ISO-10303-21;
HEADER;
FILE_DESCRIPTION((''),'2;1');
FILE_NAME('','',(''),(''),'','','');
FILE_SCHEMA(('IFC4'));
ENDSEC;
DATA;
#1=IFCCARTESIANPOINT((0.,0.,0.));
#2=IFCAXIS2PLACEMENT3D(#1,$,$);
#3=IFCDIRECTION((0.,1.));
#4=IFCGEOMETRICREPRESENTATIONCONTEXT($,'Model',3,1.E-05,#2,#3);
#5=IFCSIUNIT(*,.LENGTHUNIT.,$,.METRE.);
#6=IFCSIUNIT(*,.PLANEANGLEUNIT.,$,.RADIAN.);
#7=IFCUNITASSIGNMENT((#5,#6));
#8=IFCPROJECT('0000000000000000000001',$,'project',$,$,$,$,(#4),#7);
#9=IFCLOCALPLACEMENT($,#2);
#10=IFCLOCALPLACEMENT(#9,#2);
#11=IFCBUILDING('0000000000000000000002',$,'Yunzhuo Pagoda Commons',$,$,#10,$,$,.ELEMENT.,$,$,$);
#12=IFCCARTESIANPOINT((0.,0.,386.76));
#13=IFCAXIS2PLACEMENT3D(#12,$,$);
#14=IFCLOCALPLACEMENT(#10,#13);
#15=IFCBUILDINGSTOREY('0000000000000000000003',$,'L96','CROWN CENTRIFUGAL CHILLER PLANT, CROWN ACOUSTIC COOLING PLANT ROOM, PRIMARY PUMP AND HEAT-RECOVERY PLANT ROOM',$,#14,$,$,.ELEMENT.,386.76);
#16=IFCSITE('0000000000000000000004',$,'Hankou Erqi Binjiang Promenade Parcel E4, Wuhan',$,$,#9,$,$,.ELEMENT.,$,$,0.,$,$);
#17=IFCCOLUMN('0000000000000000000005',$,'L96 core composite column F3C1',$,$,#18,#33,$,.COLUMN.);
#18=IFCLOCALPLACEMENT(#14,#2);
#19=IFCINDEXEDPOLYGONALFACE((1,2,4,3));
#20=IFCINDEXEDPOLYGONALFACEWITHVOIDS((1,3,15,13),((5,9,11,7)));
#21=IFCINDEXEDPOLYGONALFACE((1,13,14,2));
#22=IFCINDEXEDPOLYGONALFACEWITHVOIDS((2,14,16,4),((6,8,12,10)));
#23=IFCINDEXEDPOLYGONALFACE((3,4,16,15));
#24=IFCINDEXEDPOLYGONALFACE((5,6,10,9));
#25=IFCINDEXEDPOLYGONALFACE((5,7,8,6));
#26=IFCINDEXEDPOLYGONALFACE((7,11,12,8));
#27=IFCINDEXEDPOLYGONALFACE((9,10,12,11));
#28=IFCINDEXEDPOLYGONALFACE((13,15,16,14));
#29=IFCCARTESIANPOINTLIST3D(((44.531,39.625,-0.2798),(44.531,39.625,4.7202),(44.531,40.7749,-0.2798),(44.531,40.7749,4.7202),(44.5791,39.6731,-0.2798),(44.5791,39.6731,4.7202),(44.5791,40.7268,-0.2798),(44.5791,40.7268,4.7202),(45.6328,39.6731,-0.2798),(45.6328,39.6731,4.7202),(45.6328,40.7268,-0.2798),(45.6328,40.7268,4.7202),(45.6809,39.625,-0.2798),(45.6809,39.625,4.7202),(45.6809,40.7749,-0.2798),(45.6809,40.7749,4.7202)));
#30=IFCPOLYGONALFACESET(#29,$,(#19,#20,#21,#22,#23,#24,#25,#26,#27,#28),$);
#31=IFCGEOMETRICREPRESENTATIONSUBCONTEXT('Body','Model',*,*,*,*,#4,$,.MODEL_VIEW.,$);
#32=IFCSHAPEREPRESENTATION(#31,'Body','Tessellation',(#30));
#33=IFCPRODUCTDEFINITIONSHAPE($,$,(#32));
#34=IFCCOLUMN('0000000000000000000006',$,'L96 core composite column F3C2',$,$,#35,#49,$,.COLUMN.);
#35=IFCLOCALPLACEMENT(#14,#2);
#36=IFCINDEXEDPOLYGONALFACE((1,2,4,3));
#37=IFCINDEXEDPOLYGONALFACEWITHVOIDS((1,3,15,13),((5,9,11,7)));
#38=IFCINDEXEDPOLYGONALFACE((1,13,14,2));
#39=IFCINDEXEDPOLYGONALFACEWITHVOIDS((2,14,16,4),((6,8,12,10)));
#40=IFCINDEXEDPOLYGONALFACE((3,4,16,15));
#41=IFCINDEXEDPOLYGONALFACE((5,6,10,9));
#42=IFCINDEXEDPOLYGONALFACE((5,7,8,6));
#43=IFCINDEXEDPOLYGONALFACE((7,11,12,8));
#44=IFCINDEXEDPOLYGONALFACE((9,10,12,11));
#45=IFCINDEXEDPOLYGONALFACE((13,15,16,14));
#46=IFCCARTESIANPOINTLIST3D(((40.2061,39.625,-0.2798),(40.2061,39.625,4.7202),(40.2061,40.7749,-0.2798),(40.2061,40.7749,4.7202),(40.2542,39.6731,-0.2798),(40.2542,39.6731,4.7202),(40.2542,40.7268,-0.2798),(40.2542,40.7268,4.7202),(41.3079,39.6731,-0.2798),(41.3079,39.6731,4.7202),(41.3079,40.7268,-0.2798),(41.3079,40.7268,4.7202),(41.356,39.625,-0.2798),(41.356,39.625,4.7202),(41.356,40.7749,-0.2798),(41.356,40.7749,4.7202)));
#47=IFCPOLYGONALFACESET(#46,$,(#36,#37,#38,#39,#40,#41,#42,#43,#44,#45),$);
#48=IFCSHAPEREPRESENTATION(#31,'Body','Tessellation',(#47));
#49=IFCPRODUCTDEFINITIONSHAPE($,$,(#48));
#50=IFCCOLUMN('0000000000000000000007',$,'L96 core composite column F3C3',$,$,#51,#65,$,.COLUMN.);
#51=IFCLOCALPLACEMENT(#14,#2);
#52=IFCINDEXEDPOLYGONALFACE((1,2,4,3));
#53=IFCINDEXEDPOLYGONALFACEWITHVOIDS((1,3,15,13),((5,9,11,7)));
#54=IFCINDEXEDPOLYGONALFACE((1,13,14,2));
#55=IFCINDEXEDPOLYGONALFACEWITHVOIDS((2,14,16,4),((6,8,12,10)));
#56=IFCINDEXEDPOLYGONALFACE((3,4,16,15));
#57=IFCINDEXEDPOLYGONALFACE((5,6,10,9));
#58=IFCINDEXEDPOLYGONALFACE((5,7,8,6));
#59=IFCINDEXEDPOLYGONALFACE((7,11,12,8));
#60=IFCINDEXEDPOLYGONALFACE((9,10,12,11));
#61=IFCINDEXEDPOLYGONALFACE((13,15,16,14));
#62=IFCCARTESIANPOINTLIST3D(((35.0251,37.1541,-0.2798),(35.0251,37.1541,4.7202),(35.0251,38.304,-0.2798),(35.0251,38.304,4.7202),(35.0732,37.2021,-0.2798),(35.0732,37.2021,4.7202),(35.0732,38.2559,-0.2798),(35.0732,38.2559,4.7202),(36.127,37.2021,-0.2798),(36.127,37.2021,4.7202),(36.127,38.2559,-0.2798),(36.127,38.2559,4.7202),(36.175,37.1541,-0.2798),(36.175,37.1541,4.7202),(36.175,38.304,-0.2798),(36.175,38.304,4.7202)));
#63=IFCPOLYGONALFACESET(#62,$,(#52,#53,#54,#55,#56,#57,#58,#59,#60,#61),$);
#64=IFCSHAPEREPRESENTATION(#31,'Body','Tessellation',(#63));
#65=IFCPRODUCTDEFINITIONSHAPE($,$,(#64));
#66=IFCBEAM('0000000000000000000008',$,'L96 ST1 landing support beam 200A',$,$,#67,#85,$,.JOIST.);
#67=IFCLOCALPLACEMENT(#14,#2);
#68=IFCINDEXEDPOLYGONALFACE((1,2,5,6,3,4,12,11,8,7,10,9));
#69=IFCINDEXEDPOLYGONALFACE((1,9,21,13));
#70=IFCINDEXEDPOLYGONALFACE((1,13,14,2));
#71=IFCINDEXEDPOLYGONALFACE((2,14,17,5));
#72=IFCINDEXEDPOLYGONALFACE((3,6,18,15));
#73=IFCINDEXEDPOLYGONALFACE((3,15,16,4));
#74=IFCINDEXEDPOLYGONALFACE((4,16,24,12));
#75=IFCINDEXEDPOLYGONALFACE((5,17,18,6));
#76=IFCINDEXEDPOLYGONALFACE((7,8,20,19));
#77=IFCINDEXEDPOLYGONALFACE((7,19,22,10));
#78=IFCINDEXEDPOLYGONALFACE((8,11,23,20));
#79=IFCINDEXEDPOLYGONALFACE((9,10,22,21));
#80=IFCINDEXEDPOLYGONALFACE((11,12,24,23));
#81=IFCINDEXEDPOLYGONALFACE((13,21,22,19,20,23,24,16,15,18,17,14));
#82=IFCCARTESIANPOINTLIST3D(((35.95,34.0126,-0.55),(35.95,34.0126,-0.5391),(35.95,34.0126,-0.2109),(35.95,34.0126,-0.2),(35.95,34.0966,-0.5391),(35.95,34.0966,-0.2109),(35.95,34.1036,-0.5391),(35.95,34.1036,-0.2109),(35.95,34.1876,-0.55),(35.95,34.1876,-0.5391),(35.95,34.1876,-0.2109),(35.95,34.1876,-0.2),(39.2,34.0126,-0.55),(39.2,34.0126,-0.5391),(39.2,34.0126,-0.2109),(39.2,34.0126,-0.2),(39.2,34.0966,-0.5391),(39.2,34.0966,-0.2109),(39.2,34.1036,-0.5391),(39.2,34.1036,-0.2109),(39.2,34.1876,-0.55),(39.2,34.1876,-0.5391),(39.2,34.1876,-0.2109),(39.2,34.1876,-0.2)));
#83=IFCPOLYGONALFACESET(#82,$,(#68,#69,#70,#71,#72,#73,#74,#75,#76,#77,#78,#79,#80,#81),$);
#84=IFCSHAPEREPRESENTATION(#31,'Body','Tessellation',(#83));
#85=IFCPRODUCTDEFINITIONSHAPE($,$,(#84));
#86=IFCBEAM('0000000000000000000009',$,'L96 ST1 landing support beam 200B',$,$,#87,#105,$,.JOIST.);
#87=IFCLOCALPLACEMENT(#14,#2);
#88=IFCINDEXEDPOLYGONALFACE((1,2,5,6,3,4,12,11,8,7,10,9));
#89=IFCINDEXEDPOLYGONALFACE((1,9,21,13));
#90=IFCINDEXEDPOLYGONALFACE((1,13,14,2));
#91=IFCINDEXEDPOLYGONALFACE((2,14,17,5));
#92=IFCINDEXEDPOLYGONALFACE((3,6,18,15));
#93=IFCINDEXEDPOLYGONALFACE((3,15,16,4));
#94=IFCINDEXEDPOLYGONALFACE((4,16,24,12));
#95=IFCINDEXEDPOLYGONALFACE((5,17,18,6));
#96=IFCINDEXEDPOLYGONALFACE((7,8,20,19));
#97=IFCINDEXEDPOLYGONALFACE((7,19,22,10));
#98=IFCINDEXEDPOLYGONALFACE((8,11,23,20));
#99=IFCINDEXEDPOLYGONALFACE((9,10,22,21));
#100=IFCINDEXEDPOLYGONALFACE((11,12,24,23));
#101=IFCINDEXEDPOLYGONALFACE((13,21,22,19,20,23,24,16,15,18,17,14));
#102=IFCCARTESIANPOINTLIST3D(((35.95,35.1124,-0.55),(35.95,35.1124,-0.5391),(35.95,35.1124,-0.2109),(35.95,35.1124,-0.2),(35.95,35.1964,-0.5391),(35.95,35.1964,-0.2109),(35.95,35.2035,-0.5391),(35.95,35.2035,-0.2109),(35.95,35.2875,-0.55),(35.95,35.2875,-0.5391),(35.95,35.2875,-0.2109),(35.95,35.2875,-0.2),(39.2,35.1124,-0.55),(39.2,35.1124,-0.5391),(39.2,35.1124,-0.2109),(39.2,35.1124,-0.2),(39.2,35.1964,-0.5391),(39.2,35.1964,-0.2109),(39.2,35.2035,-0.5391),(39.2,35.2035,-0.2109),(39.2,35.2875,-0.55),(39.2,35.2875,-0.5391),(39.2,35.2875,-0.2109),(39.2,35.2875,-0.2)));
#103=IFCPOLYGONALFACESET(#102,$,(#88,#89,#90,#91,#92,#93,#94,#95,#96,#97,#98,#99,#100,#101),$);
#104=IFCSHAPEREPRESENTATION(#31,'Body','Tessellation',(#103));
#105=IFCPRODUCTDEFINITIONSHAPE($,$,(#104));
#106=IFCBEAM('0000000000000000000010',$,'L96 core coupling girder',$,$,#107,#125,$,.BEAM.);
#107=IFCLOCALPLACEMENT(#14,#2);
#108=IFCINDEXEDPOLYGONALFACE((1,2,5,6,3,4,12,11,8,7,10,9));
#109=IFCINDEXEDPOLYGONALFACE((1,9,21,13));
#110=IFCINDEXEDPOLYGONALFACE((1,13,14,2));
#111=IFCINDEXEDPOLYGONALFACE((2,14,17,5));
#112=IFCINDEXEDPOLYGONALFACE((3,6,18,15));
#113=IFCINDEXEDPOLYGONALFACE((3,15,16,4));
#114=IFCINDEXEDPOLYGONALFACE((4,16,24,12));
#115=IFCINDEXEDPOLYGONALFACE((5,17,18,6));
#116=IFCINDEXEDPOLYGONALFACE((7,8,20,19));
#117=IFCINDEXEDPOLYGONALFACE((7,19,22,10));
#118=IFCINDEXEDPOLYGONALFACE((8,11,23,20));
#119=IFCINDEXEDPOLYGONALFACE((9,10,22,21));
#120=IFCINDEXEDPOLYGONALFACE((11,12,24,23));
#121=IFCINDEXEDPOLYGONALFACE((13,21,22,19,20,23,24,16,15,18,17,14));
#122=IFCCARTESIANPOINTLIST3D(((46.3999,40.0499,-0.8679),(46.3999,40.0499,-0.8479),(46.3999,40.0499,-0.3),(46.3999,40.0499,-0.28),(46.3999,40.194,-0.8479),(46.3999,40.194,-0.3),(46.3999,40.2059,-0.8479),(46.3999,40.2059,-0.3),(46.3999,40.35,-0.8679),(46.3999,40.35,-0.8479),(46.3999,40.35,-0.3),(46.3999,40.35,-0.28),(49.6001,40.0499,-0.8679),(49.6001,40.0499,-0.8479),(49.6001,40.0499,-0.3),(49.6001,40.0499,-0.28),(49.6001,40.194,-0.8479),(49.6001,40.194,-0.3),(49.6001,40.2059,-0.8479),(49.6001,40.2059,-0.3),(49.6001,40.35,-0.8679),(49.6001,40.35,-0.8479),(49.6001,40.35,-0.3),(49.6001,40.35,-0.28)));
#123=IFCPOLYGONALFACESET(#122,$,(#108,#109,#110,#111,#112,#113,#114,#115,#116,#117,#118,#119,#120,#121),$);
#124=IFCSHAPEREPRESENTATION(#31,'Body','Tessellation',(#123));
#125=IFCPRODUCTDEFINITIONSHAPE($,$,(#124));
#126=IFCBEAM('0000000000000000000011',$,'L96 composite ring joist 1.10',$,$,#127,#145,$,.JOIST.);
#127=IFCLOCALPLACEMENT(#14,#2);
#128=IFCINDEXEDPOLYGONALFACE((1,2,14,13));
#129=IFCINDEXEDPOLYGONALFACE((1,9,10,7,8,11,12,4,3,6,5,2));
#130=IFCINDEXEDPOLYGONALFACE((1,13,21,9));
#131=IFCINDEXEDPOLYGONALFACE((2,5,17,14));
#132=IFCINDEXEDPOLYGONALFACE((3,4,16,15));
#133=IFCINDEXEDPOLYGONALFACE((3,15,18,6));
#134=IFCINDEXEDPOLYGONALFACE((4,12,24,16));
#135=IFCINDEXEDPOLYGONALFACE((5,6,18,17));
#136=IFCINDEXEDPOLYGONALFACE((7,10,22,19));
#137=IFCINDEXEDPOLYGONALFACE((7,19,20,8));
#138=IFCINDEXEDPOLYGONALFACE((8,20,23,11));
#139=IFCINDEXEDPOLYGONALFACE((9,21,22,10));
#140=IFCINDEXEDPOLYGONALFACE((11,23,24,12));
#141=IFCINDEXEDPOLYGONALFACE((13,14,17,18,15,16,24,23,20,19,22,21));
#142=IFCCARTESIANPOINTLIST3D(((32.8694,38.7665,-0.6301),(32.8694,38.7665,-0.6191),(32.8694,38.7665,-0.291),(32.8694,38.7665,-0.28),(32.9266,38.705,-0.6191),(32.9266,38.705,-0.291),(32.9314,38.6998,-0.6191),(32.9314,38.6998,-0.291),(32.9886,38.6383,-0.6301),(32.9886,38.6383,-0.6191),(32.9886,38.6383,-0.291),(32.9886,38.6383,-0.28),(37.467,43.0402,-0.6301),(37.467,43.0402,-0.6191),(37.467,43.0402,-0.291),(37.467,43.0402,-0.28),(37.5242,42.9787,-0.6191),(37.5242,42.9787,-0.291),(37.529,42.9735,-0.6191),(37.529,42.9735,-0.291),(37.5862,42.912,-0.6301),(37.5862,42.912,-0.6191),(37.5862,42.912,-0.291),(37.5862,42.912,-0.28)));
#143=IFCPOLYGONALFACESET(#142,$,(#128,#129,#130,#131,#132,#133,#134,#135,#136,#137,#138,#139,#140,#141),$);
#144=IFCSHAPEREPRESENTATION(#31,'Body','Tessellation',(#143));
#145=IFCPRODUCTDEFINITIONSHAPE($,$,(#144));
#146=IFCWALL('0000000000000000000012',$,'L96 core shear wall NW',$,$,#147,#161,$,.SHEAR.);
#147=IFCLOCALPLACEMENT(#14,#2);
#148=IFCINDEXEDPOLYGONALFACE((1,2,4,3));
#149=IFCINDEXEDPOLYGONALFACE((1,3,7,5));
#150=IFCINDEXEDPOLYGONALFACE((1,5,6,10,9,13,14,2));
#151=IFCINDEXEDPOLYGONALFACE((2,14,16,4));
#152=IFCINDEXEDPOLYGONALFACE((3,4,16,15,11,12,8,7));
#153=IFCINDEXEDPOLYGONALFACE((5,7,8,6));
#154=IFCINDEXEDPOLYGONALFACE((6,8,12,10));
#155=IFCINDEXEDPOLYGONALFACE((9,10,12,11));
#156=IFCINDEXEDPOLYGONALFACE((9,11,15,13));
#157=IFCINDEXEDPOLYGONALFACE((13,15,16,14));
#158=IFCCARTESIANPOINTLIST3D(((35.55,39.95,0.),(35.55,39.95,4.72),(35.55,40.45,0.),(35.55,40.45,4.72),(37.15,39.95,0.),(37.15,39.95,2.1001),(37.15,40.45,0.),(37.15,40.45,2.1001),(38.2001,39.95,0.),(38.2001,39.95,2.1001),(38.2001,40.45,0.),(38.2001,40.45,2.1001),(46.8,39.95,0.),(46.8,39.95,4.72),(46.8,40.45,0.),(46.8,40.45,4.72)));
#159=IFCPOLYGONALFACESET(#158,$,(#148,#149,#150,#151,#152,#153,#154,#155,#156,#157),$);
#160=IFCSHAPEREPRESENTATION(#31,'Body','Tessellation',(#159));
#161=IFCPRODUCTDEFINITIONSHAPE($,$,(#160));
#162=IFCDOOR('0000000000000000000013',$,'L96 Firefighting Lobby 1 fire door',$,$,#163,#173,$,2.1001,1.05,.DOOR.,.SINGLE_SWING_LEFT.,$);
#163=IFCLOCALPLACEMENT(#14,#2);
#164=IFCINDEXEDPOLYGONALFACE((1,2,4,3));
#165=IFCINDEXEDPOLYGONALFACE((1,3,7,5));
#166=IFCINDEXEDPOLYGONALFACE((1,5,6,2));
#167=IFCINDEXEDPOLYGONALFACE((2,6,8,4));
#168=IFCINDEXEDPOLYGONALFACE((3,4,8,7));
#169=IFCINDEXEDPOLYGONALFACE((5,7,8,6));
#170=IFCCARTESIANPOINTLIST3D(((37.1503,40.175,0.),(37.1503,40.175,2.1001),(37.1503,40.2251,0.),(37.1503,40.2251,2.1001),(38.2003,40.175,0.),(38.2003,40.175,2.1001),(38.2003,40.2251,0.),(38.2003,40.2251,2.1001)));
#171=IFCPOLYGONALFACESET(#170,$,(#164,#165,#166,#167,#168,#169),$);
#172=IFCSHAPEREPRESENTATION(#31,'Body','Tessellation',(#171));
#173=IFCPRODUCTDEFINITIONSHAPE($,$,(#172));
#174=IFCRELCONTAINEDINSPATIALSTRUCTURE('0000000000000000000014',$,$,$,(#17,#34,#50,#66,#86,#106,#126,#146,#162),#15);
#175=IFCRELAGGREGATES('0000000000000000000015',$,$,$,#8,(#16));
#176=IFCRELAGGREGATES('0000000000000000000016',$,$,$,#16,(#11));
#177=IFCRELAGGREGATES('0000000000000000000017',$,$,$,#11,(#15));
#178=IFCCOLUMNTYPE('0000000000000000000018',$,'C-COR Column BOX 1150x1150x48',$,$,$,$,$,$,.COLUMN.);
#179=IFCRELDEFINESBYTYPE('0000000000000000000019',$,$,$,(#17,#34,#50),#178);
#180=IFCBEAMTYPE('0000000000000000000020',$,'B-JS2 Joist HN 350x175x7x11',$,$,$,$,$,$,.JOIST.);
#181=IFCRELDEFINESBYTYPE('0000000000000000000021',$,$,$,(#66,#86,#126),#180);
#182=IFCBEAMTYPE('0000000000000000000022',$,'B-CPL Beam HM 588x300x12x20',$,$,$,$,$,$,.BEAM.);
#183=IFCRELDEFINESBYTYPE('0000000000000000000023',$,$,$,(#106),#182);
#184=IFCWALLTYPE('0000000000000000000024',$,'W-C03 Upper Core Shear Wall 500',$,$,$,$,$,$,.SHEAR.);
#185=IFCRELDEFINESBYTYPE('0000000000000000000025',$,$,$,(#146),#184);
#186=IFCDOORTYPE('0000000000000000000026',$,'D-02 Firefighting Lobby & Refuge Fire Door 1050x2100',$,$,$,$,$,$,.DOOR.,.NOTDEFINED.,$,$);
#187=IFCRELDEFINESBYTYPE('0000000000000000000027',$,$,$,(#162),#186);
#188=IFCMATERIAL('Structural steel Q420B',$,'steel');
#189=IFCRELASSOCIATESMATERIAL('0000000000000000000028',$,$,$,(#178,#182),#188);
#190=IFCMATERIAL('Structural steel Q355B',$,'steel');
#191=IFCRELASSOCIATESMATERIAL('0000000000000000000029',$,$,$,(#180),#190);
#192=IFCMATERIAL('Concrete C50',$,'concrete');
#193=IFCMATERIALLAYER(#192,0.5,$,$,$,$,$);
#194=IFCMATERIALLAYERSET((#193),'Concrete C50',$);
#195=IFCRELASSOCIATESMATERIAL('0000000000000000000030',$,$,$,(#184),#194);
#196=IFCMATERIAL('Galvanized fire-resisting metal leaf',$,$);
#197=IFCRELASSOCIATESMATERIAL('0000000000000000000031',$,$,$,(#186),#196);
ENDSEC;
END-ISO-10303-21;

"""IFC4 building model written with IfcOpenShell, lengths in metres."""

from ifc_helpers import new_model, si_unit, direction, frame, frame_2d, origin, origin_2d, place, context, subcontext, project, spatial, rectangle, hollow_rectangle, i_section, extrude, source, transform, mapped, material, layer, layer_set, material_profile, profile_set, type_object, element, fill, save


model = new_model("IFC4")

# Units and contexts
model_context = context("Model", 3, precision=1e-05, world=origin(), true_north=direction((0.0, 1.0)))
body_context = subcontext(model_context, "Body", "Model", "MODEL_VIEW")
ifc_project = project(units=[si_unit("LENGTHUNIT", "METRE"), si_unit("PLANEANGLEUNIT", "RADIAN")], contexts=[model_context])

# Site, building, storey
site_placement = place(None, origin())
site = spatial("IfcSite", under=ifc_project, at=site_placement, Name="Hankou Erqi Binjiang Promenade Parcel E4, Wuhan", CompositionType="ELEMENT", RefElevation=0.0)
building_placement = place(site_placement, origin())
building = spatial("IfcBuilding", under=site, at=building_placement, Name="Yunzhuo Pagoda Commons", CompositionType="ELEMENT")
storey_placement = place(building_placement, frame((0.0, 0.0, 386.76)))
storey = spatial("IfcBuildingStorey", under=building, at=storey_placement, Name="L96", Description="CROWN CENTRIFUGAL CHILLER PLANT, CROWN ACOUSTIC COOLING PLANT ROOM, PRIMARY PUMP AND HEAT-RECOVERY PLANT ROOM", CompositionType="ELEMENT", Elevation=386.76)

# Columns
ifc_material_1 = material(Name="Structural steel Q420B", Category="steel")
ifc_material_profile_1 = material_profile(ifc_material_1, hollow_rectangle(XDim=1.1499, YDim=1.1499, WallThickness=0.0481, at=origin_2d()), Name="Structural steel Q420B")
ifc_profile_set_1 = profile_set([ifc_material_profile_1], Name="Structural steel Q420B")
column_type = type_object("IfcColumnType", Name="C-COR Column BOX 1150x1150x48", PredefinedType="COLUMN", material=ifc_profile_set_1)
shared_shape_1 = source(origin(), body_context, "Body", "SweptSolid", [
    extrude(hollow_rectangle(XDim=1.1499, YDim=1.1499, WallThickness=0.0481, at=origin_2d()), origin(), (0.0, 0.0, 1.0), 5.0),
])
for number, where, z_axis, x_axis, name in (
    (1, (45.106, 40.2, -0.2798), (0.0, 0.0, 1.0), (1.0, 0.0, 0.0), "L96 core composite column F3C1"),
    (2, (40.781, 40.2, -0.2798), (0.0, 0.0, 1.0), (1.0, 0.0, 0.0), "L96 core composite column F3C2"),
    (3, (35.6001, 37.729, -0.2798), (0.0, 0.0, 1.0), (1.0, 0.0, 0.0), "L96 core composite column F3C3"),
):
    element("IfcColumn", number, at=place(storey_placement, frame(where, z_axis=z_axis, x_axis=x_axis)), inside=storey, type_object=column_type, Name=name, PredefinedType="COLUMN", context=body_context, shape_type="MappedRepresentation", body=[
        mapped(shared_shape_1, transform((0.0, 0.0, 0.0), scale=1.0)),
    ])

# Beams
ifc_material_2 = material(Name="Structural steel Q355B", Category="steel")
ifc_material_profile_2 = material_profile(ifc_material_2, i_section(OverallWidth=0.175, OverallDepth=0.3501, WebThickness=0.0071, FlangeThickness=0.011, at=origin_2d()), Name="Structural steel Q355B")
ifc_profile_set_2 = profile_set([ifc_material_profile_2], Name="Structural steel Q355B")
beam_type_1 = type_object("IfcBeamType", Name="B-JS2 Joist HN 350x175x7x11", PredefinedType="JOIST", material=ifc_profile_set_2)
shared_shape_2 = source(origin(), body_context, "Body", "SweptSolid", [
    extrude(i_section(OverallWidth=0.175, OverallDepth=0.3501, WebThickness=0.0071, FlangeThickness=0.011, at=origin_2d()), origin(), (0.0, 0.0, 1.0), 3.25),
])
for number, where, z_axis, x_axis, name in (
    (4, (35.95, 34.1001, -0.375), (1.0, 0.0, 0.0), (0.0, 1.0, 0.0), "L96 ST1 landing support beam 200A"),
    (5, (35.95, 35.2, -0.375), (1.0, 0.0, 0.0), (0.0, 1.0, 0.0), "L96 ST1 landing support beam 200B"),
):
    element("IfcBeam", number, at=place(storey_placement, frame(where, z_axis=z_axis, x_axis=x_axis)), inside=storey, type_object=beam_type_1, Name=name, PredefinedType="JOIST", context=body_context, shape_type="MappedRepresentation", body=[
        mapped(shared_shape_2, transform((0.0, 0.0, 0.0), scale=1.0)),
    ])
ifc_material_profile_3 = material_profile(ifc_material_1, i_section(OverallWidth=0.3, OverallDepth=0.5879, WebThickness=0.012, FlangeThickness=0.02, at=origin_2d()), Name="Structural steel Q420B")
ifc_profile_set_3 = profile_set([ifc_material_profile_3], Name="Structural steel Q420B")
beam_type_2 = type_object("IfcBeamType", Name="B-CPL Beam HM 588x300x12x20", PredefinedType="BEAM", material=ifc_profile_set_3)
shared_shape_3 = source(origin(), body_context, "Body", "SweptSolid", [
    extrude(i_section(OverallWidth=0.3, OverallDepth=0.5879, WebThickness=0.012, FlangeThickness=0.02, at=origin_2d()), origin(), (0.0, 0.0, 1.0), 3.2002),
])
beam_1_placement = place(storey_placement, frame((46.3999, 40.2, -0.574), z_axis=(1.0, 0.0, 0.0), x_axis=(0.0, 1.0, 0.0)))
element("IfcBeam", 6, at=beam_1_placement, inside=storey, type_object=beam_type_2, Name="L96 core coupling girder", PredefinedType="BEAM", context=body_context, shape_type="MappedRepresentation", body=[
    mapped(shared_shape_3, transform((0.0, 0.0, 0.0), scale=1.0)),
])
shared_shape_4 = source(origin(), body_context, "Body", "SweptSolid", [
    extrude(i_section(OverallWidth=0.175, OverallDepth=0.3501, WebThickness=0.0071, FlangeThickness=0.011, at=origin_2d()), origin(), (0.0, 0.0, 1.0), 6.2771),
])
beam_2_placement = place(storey_placement, frame((37.5266, 42.9761, -0.4551), z_axis=(-0.732442, -0.68083, 0.0), x_axis=(0.68083, -0.732442, 0.0)))
element("IfcBeam", 7, at=beam_2_placement, inside=storey, type_object=beam_type_1, Name="L96 composite ring joist 1.10", PredefinedType="JOIST", context=body_context, shape_type="MappedRepresentation", body=[
    mapped(shared_shape_4, transform((0.0, 0.0, 0.0), scale=1.0)),
])

# Wall, opening, door
ifc_material_3 = material(Name="Concrete C50", Category="concrete")
ifc_layer_1 = layer(ifc_material_3, 0.5)
ifc_layer_set_1 = layer_set([ifc_layer_1], Name="Concrete C50")
wall_type_1 = type_object("IfcWallType", Name="W-C03 Upper Core Shear Wall 500", PredefinedType="SHEAR", material=ifc_layer_set_1)
wall_1_placement = place(storey_placement, frame((35.55, 40.2, 0.0), z_axis=(0.0, 0.0, 1.0), x_axis=(1.0, 0.0, 0.0)))
wall_1 = element("IfcWall", 8, at=wall_1_placement, inside=storey, type_object=wall_type_1, Name="L96 core shear wall NW", PredefinedType="SHEAR", context=body_context, shape_type="SweptSolid", body=[
    extrude(rectangle(XDim=11.25, YDim=0.5, at=frame_2d((5.625, 0.0))), origin(), (0.0, 0.0, 1.0), 4.72),
])
opening_1_placement = place(wall_1_placement, frame((1.6001, 0.0, 0.0)))
opening_1 = element("IfcOpeningElement", 9, at=opening_1_placement, cuts=wall_1, PredefinedType="OPENING", context=body_context, shape_type="SweptSolid", body=[
    extrude(rectangle(XDim=1.05, YDim=2.1001, at=frame_2d((0.5249, 1.05))), frame((0.0, 0.26, 0.0), z_axis=(0.0, -1.0, 0.0), x_axis=(1.0, 0.0, 0.0)), (0.0, 0.0, 1.0), 0.52),
])
ifc_material_4 = material(Name="Galvanized fire-resisting metal leaf")
door_type_1 = type_object("IfcDoorType", Name="D-02 Firefighting Lobby & Refuge Fire Door 1050x2100", OperationType="NOTDEFINED", PredefinedType="DOOR", material=ifc_material_4)
shared_shape_5 = source(origin(), body_context, "Body", "SweptSolid", [
    extrude(rectangle(XDim=1.05, YDim=2.1001, at=frame_2d((0.5249, 1.05))), frame((0.0, 0.0249, 0.0), z_axis=(0.0, -1.0, 0.0), x_axis=(1.0, 0.0, 0.0)), (0.0, 0.0, 1.0), 0.05),
])
door_1_placement = place(opening_1_placement, frame((1.05, 0.0, 0.0), z_axis=(0.0, 0.0, 1.0), x_axis=(-1.0, 0.0, 0.0)))
door_1 = element("IfcDoor", 10, at=door_1_placement, inside=storey, type_object=door_type_1, Name="L96 Firefighting Lobby 1 fire door", OperationType="SINGLE_SWING_LEFT", OverallHeight=2.1001, OverallWidth=1.05, PredefinedType="DOOR", context=body_context, shape_type="MappedRepresentation", body=[
    mapped(shared_shape_5, transform((0.0, 0.0, 0.0), scale=1.0)),
])
fill(opening_1, door_1)

save(model, "model.ifc")
